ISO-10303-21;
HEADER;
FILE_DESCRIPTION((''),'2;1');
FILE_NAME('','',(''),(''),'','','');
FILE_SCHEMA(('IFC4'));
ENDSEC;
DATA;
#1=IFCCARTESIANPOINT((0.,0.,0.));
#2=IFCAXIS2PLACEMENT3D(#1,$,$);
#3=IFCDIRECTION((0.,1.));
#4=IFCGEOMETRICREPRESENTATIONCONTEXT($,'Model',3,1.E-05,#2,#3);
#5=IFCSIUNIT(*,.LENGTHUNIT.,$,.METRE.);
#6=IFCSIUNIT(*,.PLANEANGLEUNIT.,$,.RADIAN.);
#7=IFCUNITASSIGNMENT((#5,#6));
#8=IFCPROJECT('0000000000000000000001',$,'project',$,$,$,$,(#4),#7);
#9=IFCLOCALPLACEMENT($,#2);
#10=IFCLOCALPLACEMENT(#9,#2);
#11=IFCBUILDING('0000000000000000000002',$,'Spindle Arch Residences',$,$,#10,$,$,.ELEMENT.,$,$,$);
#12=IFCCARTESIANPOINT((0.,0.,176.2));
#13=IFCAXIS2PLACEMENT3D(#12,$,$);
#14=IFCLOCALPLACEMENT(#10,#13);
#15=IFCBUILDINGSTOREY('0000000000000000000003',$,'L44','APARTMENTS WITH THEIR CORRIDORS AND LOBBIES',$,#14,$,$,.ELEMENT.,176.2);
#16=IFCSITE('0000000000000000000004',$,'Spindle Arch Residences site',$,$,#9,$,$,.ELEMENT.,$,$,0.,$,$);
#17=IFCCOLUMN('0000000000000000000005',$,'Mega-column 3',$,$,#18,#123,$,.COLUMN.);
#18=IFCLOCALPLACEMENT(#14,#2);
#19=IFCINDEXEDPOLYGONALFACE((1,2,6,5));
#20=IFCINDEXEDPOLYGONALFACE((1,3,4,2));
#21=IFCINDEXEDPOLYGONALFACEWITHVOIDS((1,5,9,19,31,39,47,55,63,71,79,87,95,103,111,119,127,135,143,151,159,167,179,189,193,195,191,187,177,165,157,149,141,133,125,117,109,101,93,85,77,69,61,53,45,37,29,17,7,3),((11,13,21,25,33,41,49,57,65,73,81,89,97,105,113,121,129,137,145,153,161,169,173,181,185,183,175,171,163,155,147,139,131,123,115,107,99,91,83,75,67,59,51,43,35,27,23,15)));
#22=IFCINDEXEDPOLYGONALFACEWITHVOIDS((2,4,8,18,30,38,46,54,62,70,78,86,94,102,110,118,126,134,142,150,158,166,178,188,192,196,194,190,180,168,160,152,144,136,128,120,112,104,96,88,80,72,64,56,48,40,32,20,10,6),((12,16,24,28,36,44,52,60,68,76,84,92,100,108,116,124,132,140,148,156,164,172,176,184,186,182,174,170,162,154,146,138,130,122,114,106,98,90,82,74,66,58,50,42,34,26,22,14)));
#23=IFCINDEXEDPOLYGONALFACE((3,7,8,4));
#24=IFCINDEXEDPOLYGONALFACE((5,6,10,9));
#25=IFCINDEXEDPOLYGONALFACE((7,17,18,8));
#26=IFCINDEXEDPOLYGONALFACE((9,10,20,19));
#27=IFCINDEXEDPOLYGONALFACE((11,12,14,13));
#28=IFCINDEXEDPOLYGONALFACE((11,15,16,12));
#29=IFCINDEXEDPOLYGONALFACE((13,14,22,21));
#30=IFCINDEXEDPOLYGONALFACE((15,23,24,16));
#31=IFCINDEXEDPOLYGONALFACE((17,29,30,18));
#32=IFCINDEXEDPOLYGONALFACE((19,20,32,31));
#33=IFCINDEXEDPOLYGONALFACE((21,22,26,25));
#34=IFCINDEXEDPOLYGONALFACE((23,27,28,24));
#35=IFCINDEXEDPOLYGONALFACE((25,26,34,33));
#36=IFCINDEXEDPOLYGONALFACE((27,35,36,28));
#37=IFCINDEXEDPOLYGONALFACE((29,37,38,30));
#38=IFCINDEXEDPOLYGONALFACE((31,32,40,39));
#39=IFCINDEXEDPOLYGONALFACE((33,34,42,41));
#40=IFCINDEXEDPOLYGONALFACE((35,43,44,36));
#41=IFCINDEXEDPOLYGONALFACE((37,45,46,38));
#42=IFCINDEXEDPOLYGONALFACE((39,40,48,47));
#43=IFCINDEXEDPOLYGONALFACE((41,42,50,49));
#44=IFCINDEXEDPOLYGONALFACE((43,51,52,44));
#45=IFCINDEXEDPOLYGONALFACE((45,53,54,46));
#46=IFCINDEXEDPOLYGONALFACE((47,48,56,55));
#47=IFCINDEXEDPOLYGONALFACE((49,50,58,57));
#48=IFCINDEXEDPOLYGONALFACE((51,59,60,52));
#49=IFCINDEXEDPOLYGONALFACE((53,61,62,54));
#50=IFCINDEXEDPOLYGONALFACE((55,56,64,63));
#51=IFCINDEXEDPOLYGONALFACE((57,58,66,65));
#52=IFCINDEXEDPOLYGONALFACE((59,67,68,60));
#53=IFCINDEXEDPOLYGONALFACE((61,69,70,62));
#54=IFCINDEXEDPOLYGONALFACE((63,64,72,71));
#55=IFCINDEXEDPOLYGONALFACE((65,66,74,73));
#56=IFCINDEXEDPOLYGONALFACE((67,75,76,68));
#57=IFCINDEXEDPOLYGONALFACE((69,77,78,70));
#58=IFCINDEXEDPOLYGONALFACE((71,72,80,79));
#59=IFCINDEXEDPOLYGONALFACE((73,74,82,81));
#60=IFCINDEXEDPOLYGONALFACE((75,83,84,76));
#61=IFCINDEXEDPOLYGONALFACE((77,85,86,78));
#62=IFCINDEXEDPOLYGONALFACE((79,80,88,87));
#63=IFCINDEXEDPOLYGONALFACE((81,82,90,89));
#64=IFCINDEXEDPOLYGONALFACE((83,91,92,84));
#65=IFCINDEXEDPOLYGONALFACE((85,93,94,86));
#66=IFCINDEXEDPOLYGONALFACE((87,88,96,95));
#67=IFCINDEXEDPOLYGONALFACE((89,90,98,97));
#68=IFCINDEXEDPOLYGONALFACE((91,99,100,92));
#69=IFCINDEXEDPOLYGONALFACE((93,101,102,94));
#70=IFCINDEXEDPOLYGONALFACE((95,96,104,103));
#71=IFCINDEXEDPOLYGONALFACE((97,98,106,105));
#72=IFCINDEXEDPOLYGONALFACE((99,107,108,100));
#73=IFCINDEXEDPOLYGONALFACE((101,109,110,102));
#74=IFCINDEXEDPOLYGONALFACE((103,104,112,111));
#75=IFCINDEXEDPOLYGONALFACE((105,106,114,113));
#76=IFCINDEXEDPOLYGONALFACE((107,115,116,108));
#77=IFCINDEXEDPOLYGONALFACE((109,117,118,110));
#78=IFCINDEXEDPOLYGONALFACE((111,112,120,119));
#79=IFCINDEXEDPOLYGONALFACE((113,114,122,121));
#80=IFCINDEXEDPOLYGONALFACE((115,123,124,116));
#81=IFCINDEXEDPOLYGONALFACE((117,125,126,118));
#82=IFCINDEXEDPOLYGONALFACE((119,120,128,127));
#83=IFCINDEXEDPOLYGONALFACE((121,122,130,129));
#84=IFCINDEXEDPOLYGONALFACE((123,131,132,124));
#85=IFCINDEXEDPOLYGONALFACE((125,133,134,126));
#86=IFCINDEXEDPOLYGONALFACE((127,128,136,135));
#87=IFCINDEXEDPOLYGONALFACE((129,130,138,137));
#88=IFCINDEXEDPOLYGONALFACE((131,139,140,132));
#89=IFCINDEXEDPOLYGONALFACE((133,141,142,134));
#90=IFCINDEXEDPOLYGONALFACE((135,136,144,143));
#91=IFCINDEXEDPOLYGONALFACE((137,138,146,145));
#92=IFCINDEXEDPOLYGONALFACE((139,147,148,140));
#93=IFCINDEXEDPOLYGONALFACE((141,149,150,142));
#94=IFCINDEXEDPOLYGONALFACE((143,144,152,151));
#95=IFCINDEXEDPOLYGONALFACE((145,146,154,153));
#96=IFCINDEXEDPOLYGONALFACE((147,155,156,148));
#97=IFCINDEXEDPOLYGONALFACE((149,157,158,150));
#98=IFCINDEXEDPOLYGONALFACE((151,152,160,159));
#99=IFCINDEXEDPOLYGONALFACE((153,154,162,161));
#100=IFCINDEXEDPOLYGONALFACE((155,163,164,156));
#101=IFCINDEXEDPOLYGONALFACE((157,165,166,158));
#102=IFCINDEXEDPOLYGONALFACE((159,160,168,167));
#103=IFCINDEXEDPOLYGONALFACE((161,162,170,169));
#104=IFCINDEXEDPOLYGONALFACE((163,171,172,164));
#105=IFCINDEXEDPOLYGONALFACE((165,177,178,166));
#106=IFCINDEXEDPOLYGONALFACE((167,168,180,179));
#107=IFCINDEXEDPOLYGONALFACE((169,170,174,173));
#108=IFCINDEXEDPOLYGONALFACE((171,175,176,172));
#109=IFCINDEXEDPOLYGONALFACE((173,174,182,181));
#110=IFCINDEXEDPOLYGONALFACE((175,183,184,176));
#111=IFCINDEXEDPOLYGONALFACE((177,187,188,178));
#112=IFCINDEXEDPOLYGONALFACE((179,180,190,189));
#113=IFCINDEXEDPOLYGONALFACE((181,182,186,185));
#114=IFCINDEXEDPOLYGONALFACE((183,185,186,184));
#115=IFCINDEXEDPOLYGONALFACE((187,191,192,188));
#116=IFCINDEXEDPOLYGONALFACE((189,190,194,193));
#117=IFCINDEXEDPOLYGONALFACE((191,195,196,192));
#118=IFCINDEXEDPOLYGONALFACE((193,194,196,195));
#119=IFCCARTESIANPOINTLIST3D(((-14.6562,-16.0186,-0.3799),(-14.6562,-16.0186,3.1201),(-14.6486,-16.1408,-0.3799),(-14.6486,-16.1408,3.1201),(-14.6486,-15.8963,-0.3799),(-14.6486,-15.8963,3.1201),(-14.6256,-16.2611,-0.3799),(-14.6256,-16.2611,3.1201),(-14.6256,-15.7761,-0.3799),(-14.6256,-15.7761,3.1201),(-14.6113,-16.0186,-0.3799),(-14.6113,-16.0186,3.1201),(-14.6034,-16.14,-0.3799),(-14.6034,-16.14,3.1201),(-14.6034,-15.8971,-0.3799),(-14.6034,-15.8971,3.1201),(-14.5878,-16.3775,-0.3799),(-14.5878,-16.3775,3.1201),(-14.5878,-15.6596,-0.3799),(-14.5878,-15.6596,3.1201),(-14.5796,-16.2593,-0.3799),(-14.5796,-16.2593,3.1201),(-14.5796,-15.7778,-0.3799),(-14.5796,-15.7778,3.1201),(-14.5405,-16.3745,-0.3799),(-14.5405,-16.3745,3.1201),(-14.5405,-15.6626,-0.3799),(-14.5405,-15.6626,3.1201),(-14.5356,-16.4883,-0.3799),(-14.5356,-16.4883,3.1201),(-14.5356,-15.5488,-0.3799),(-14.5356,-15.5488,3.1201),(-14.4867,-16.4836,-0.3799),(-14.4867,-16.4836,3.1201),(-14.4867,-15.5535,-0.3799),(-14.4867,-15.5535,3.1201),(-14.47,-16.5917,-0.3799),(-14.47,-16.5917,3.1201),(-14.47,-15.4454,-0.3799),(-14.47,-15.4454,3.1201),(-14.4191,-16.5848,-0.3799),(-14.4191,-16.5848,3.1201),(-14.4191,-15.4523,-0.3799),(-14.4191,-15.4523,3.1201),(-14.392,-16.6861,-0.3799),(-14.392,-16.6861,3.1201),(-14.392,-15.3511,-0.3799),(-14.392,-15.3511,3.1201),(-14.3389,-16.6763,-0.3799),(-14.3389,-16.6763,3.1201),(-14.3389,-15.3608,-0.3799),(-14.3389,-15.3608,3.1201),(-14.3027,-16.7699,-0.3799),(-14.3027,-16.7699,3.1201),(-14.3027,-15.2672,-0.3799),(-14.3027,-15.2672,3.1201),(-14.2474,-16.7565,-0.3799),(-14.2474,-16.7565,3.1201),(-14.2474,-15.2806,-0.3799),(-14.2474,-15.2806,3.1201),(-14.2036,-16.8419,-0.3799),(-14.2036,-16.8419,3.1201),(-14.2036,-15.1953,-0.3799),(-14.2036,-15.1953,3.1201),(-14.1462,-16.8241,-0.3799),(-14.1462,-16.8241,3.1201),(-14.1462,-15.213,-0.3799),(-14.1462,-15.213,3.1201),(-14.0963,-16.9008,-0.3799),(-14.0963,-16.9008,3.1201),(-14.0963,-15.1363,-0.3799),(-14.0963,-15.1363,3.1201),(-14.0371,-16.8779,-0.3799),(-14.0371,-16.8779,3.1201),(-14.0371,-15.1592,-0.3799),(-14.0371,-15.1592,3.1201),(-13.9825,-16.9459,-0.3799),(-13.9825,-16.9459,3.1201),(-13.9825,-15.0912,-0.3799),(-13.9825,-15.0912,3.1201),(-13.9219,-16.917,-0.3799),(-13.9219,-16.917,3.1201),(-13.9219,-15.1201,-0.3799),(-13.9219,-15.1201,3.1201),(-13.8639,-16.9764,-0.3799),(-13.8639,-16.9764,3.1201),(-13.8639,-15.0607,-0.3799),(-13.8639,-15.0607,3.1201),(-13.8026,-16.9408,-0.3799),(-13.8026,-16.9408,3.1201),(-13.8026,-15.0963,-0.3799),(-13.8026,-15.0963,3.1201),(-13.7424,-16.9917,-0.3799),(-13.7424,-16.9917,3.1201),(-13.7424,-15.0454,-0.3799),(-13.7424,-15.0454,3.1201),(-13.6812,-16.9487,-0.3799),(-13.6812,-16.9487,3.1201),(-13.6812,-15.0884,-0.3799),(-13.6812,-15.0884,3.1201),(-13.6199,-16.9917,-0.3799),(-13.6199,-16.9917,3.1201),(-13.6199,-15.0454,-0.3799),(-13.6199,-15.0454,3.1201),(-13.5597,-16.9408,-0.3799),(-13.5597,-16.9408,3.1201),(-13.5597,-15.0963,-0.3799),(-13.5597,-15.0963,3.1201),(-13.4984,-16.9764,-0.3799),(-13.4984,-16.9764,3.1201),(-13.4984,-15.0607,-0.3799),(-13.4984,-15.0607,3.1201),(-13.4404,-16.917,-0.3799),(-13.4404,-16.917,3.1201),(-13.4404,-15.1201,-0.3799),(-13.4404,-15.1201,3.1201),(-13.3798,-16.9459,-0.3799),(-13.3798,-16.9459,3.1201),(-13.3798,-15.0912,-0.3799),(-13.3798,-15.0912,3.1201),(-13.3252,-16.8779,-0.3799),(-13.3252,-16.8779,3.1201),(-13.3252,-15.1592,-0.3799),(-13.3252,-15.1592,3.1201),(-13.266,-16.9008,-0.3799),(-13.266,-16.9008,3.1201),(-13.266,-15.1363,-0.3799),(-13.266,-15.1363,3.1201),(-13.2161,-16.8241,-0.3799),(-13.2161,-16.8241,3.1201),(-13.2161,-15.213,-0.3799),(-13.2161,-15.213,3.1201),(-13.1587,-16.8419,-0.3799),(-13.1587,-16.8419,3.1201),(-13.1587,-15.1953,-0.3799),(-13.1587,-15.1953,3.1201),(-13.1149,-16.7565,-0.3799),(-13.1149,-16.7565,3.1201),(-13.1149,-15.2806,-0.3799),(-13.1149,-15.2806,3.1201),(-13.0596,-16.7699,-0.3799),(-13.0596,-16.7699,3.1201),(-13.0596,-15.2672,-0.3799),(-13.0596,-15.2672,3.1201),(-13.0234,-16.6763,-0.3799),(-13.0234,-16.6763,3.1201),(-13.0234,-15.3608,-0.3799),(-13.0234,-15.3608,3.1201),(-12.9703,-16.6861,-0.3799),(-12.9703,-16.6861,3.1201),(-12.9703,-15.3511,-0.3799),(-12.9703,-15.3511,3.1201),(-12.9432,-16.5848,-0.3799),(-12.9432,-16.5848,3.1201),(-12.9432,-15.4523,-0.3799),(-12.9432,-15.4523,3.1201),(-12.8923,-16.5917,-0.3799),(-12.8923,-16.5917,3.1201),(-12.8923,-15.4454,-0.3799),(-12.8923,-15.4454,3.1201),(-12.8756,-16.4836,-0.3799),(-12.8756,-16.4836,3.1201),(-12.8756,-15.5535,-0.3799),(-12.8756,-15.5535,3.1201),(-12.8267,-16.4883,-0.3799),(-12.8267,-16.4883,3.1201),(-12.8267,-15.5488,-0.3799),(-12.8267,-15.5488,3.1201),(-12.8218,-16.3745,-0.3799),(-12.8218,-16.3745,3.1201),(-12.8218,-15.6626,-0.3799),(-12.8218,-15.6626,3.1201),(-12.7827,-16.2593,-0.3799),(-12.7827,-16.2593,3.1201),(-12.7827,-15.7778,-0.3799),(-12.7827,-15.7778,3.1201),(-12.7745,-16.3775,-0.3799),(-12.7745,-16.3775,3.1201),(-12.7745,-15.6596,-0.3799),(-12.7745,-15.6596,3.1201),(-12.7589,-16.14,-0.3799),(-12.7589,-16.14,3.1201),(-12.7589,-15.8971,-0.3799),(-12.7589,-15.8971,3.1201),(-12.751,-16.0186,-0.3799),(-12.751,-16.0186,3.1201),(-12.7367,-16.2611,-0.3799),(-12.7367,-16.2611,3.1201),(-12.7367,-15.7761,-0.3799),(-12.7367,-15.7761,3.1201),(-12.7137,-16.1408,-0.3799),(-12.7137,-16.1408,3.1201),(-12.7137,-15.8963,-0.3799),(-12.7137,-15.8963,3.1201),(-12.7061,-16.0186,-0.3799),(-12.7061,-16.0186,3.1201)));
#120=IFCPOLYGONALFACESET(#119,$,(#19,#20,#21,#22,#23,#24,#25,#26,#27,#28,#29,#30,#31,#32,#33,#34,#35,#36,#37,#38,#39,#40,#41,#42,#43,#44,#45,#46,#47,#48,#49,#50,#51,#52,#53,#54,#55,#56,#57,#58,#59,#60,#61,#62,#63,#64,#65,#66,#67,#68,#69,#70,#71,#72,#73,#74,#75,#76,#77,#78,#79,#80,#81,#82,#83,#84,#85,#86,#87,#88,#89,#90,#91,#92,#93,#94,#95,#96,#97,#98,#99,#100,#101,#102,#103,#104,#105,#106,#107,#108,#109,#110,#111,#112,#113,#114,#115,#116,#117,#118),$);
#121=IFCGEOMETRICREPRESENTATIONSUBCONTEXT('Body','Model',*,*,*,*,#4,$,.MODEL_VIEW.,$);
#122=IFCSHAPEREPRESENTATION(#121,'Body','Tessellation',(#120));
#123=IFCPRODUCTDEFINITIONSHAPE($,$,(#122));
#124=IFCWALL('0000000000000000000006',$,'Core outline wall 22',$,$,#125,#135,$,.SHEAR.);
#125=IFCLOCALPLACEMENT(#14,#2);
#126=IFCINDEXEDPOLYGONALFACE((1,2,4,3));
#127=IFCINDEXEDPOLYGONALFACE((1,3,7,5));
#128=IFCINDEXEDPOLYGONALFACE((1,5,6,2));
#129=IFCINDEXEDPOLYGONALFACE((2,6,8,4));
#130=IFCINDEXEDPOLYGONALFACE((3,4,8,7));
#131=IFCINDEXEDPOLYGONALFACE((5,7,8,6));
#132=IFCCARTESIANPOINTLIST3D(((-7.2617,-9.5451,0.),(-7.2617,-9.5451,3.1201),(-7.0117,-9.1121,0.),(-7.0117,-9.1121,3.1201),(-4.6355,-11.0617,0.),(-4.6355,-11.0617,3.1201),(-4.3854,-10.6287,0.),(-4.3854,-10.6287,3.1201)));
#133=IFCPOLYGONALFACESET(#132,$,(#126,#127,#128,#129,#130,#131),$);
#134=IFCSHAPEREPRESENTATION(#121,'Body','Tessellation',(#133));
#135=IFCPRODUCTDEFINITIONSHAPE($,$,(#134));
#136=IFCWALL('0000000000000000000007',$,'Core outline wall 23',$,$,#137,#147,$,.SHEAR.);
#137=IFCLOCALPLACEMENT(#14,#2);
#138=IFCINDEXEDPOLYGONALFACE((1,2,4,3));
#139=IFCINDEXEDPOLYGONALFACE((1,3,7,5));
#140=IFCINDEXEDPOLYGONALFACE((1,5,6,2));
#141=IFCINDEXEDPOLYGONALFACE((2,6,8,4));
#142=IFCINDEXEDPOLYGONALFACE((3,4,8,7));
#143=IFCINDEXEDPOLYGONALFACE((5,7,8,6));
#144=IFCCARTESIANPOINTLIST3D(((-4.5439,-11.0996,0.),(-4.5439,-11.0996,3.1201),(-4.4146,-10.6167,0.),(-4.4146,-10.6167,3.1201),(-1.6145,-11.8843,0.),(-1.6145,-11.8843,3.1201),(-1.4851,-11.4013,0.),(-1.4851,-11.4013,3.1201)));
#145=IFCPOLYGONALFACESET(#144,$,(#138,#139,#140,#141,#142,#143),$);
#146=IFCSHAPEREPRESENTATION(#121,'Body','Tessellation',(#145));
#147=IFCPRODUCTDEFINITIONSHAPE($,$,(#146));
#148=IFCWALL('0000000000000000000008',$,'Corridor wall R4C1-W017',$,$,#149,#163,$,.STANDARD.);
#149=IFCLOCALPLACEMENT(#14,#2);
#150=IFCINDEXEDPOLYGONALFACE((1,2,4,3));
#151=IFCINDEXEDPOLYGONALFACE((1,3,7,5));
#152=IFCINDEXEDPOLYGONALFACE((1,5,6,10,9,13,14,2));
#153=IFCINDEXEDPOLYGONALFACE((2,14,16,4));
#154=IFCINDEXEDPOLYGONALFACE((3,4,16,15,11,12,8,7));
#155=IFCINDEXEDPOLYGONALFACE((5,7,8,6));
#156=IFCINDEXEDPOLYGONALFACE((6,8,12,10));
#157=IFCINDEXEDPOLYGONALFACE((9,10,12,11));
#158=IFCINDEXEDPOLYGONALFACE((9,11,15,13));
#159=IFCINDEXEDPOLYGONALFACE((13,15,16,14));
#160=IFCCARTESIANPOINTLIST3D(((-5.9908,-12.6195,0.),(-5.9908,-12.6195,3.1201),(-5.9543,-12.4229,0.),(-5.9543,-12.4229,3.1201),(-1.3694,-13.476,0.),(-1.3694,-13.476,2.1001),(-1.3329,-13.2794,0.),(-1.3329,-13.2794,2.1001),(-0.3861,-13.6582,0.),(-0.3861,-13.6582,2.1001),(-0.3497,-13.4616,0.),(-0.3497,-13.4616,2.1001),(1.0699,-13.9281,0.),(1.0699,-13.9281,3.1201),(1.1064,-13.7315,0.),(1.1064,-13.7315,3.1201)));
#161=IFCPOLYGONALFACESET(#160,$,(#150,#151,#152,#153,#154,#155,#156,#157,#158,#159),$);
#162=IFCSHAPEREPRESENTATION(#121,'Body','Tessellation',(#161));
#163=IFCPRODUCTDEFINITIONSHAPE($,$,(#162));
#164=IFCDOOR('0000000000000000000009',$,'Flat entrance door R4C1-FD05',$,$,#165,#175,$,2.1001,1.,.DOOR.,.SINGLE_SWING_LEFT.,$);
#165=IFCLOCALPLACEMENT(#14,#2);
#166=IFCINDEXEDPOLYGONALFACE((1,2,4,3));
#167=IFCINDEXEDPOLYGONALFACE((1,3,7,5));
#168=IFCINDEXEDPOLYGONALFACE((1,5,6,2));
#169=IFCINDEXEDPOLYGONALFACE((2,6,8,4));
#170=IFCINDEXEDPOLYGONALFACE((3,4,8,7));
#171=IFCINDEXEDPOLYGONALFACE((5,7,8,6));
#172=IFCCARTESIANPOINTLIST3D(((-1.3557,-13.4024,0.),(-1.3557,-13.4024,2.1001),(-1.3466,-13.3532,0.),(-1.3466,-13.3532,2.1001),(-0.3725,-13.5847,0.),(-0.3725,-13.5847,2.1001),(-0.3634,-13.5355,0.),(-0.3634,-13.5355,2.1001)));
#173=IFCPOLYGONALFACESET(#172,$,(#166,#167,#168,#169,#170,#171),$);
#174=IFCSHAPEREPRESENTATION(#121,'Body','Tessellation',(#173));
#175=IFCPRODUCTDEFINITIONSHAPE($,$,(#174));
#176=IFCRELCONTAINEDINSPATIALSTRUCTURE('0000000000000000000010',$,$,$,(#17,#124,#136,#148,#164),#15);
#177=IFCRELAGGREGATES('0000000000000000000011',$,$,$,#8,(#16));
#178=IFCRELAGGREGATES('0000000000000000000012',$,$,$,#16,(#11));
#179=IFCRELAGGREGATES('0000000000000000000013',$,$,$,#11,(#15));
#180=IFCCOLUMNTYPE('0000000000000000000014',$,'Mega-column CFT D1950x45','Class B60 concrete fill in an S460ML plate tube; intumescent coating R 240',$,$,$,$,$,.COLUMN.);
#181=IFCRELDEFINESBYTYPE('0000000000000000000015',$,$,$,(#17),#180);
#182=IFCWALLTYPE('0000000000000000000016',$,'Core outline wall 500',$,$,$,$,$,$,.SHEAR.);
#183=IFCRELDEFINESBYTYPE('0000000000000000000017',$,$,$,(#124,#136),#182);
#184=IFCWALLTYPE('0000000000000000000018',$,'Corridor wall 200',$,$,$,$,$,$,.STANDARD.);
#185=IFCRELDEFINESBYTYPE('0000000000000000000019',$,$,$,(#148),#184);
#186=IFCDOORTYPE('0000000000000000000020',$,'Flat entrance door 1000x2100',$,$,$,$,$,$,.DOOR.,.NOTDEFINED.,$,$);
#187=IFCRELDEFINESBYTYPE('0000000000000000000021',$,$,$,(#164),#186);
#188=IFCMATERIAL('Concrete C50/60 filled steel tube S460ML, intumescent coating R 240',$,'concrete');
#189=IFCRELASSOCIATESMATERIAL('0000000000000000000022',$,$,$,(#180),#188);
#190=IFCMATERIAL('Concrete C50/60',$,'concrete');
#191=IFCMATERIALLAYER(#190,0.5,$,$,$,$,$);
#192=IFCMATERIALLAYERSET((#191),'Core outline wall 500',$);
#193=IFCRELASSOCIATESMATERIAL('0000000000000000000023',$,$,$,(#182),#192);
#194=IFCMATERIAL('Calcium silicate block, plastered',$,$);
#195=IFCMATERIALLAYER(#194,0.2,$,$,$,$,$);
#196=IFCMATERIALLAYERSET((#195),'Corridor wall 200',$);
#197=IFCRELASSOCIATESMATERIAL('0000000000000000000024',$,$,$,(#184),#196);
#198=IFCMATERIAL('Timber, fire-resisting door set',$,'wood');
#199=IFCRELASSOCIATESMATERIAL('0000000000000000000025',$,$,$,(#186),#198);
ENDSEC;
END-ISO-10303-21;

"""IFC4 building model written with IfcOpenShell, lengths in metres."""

from ifc_helpers import new_model, si_unit, direction, frame, frame_2d, origin, origin_2d, place, context, subcontext, project, spatial, rectangle, hollow_circle, extrude, material, layer, layer_set, material_profile, profile_set, type_object, element, fill, save


model = new_model("IFC4")

# Units and contexts
model_context = context("Model", 3, precision=1e-05, world=origin(), true_north=direction((0.0, 1.0)))
body_context = subcontext(model_context, "Body", "Model", "MODEL_VIEW")
ifc_project = project(units=[si_unit("LENGTHUNIT", "METRE"), si_unit("PLANEANGLEUNIT", "RADIAN")], contexts=[model_context])

# Site, building, storey
site_placement = place(None, origin())
site = spatial("IfcSite", under=ifc_project, at=site_placement, Name="Spindle Arch Residences site", CompositionType="ELEMENT", RefElevation=0.0)
building_placement = place(site_placement, origin())
building = spatial("IfcBuilding", under=site, at=building_placement, Name="Spindle Arch Residences", CompositionType="ELEMENT")
storey_placement = place(building_placement, frame((0.0, 0.0, 176.2)))
storey = spatial("IfcBuildingStorey", under=building, at=storey_placement, Name="L44", Description="APARTMENTS WITH THEIR CORRIDORS AND LOBBIES", CompositionType="ELEMENT", Elevation=176.2)

# Column
ifc_material_1 = material(Name="Concrete C50/60 filled steel tube S460ML, intumescent coating R 240", Category="concrete")
ifc_material_profile = material_profile(ifc_material_1, hollow_circle(Radius=0.9751, WallThickness=0.0449, at=origin_2d()), Name="CFT D1950x45")
ifc_profile_set = profile_set([ifc_material_profile], Name="Concrete C50/60 filled steel tube S460ML, intumescent coating R 240")
column_type = type_object("IfcColumnType", Name="Mega-column CFT D1950x45", Description="Class B60 concrete fill in an S460ML plate tube; intumescent coating R 240", PredefinedType="COLUMN", material=ifc_profile_set)
column_placement = place(storey_placement, frame((-13.6812, -16.0186, -0.3799), z_axis=(0.0, 0.0, 1.0), x_axis=(1.0, 0.0, 0.0)))
element("IfcColumn", 1, at=column_placement, inside=storey, type_object=column_type, Name="Mega-column 3", PredefinedType="COLUMN", context=body_context, shape_type="SweptSolid", body=[
    extrude(hollow_circle(Radius=0.9751, WallThickness=0.0449, at=origin_2d()), origin(), (0.0, 0.0, 1.0), 3.5),
])

# Walls
ifc_material_2 = material(Name="Concrete C50/60", Category="concrete")
ifc_layer_1 = layer(ifc_material_2, 0.5)
ifc_layer_set_1 = layer_set([ifc_layer_1], Name="Core outline wall 500")
wall_type_1 = type_object("IfcWallType", Name="Core outline wall 500", PredefinedType="SHEAR", material=ifc_layer_set_1)
for number, where, z_axis, x_axis, name in (
    (2, (-7.1367, -9.3286, 0.0), (0.0, 0.0, 1.0), (0.865975, -0.500087, 0.0), "Core outline wall 22"),
    (3, (-4.4792, -10.8582, 0.0), (0.0, 0.0, 1.0), (0.965948, -0.258735, 0.0), "Core outline wall 23"),
):
    element("IfcWall", number, at=place(storey_placement, frame(where, z_axis=z_axis, x_axis=x_axis)), inside=storey, type_object=wall_type_1, Name=name, PredefinedType="SHEAR", context=body_context, shape_type="SweptSolid", body=[
        extrude(rectangle(XDim=3.0327, YDim=0.5, at=frame_2d((1.5164, 0.0))), origin(), (0.0, 0.0, 1.0), 3.1201),
    ])

# Wall, opening, door
ifc_material_3 = material(Name="Calcium silicate block, plastered")
ifc_layer_2 = layer(ifc_material_3, 0.2)
ifc_layer_set_2 = layer_set([ifc_layer_2], Name="Corridor wall 200")
wall_type_2 = type_object("IfcWallType", Name="Corridor wall 200", PredefinedType="STANDARD", material=ifc_layer_set_2)
wall_1_placement = place(storey_placement, frame((-5.9724, -12.5212, 0.0), z_axis=(0.0, 0.0, 1.0), x_axis=(0.983256, -0.182229, 0.0)))
wall_1 = element("IfcWall", 4, at=wall_1_placement, inside=storey, type_object=wall_type_2, Name="Corridor wall R4C1-W017", PredefinedType="STANDARD", context=body_context, shape_type="SweptSolid", body=[
    extrude(rectangle(XDim=7.1809, YDim=0.2, at=frame_2d((3.5903, 0.0))), origin(), (0.0, 0.0, 1.0), 3.1201),
])
opening_1_placement = place(wall_1_placement, frame((4.7, 0.0, 0.0)))
opening_1 = element("IfcOpeningElement", 5, at=opening_1_placement, cuts=wall_1, PredefinedType="OPENING", context=body_context, shape_type="SweptSolid", body=[
    extrude(rectangle(XDim=1.0, YDim=2.1001, at=frame_2d((0.5, 1.05))), frame((0.0, 0.1099, 0.0), z_axis=(0.0, -1.0, 0.0), x_axis=(1.0, 0.0, 0.0)), (0.0, 0.0, 1.0), 0.22),
])
ifc_material_4 = material(Name="Timber, fire-resisting door set", Category="wood")
door_type_1 = type_object("IfcDoorType", Name="Flat entrance door 1000x2100", OperationType="NOTDEFINED", PredefinedType="DOOR", material=ifc_material_4)
door_1_placement = place(opening_1_placement, origin())
door_1 = element("IfcDoor", 6, at=door_1_placement, inside=storey, type_object=door_type_1, Name="Flat entrance door R4C1-FD05", OperationType="SINGLE_SWING_LEFT", OverallHeight=2.1001, OverallWidth=1.0, PredefinedType="DOOR", context=body_context, shape_type="SweptSolid", body=[
    extrude(rectangle(XDim=1.0, YDim=2.1001, at=frame_2d((0.5, 1.05))), frame((0.0, 0.0249, 0.0), z_axis=(0.0, -1.0, 0.0), x_axis=(1.0, 0.0, 0.0)), (0.0, 0.0, 1.0), 0.05),
])
fill(opening_1, door_1)

save(model, "model.ifc")
